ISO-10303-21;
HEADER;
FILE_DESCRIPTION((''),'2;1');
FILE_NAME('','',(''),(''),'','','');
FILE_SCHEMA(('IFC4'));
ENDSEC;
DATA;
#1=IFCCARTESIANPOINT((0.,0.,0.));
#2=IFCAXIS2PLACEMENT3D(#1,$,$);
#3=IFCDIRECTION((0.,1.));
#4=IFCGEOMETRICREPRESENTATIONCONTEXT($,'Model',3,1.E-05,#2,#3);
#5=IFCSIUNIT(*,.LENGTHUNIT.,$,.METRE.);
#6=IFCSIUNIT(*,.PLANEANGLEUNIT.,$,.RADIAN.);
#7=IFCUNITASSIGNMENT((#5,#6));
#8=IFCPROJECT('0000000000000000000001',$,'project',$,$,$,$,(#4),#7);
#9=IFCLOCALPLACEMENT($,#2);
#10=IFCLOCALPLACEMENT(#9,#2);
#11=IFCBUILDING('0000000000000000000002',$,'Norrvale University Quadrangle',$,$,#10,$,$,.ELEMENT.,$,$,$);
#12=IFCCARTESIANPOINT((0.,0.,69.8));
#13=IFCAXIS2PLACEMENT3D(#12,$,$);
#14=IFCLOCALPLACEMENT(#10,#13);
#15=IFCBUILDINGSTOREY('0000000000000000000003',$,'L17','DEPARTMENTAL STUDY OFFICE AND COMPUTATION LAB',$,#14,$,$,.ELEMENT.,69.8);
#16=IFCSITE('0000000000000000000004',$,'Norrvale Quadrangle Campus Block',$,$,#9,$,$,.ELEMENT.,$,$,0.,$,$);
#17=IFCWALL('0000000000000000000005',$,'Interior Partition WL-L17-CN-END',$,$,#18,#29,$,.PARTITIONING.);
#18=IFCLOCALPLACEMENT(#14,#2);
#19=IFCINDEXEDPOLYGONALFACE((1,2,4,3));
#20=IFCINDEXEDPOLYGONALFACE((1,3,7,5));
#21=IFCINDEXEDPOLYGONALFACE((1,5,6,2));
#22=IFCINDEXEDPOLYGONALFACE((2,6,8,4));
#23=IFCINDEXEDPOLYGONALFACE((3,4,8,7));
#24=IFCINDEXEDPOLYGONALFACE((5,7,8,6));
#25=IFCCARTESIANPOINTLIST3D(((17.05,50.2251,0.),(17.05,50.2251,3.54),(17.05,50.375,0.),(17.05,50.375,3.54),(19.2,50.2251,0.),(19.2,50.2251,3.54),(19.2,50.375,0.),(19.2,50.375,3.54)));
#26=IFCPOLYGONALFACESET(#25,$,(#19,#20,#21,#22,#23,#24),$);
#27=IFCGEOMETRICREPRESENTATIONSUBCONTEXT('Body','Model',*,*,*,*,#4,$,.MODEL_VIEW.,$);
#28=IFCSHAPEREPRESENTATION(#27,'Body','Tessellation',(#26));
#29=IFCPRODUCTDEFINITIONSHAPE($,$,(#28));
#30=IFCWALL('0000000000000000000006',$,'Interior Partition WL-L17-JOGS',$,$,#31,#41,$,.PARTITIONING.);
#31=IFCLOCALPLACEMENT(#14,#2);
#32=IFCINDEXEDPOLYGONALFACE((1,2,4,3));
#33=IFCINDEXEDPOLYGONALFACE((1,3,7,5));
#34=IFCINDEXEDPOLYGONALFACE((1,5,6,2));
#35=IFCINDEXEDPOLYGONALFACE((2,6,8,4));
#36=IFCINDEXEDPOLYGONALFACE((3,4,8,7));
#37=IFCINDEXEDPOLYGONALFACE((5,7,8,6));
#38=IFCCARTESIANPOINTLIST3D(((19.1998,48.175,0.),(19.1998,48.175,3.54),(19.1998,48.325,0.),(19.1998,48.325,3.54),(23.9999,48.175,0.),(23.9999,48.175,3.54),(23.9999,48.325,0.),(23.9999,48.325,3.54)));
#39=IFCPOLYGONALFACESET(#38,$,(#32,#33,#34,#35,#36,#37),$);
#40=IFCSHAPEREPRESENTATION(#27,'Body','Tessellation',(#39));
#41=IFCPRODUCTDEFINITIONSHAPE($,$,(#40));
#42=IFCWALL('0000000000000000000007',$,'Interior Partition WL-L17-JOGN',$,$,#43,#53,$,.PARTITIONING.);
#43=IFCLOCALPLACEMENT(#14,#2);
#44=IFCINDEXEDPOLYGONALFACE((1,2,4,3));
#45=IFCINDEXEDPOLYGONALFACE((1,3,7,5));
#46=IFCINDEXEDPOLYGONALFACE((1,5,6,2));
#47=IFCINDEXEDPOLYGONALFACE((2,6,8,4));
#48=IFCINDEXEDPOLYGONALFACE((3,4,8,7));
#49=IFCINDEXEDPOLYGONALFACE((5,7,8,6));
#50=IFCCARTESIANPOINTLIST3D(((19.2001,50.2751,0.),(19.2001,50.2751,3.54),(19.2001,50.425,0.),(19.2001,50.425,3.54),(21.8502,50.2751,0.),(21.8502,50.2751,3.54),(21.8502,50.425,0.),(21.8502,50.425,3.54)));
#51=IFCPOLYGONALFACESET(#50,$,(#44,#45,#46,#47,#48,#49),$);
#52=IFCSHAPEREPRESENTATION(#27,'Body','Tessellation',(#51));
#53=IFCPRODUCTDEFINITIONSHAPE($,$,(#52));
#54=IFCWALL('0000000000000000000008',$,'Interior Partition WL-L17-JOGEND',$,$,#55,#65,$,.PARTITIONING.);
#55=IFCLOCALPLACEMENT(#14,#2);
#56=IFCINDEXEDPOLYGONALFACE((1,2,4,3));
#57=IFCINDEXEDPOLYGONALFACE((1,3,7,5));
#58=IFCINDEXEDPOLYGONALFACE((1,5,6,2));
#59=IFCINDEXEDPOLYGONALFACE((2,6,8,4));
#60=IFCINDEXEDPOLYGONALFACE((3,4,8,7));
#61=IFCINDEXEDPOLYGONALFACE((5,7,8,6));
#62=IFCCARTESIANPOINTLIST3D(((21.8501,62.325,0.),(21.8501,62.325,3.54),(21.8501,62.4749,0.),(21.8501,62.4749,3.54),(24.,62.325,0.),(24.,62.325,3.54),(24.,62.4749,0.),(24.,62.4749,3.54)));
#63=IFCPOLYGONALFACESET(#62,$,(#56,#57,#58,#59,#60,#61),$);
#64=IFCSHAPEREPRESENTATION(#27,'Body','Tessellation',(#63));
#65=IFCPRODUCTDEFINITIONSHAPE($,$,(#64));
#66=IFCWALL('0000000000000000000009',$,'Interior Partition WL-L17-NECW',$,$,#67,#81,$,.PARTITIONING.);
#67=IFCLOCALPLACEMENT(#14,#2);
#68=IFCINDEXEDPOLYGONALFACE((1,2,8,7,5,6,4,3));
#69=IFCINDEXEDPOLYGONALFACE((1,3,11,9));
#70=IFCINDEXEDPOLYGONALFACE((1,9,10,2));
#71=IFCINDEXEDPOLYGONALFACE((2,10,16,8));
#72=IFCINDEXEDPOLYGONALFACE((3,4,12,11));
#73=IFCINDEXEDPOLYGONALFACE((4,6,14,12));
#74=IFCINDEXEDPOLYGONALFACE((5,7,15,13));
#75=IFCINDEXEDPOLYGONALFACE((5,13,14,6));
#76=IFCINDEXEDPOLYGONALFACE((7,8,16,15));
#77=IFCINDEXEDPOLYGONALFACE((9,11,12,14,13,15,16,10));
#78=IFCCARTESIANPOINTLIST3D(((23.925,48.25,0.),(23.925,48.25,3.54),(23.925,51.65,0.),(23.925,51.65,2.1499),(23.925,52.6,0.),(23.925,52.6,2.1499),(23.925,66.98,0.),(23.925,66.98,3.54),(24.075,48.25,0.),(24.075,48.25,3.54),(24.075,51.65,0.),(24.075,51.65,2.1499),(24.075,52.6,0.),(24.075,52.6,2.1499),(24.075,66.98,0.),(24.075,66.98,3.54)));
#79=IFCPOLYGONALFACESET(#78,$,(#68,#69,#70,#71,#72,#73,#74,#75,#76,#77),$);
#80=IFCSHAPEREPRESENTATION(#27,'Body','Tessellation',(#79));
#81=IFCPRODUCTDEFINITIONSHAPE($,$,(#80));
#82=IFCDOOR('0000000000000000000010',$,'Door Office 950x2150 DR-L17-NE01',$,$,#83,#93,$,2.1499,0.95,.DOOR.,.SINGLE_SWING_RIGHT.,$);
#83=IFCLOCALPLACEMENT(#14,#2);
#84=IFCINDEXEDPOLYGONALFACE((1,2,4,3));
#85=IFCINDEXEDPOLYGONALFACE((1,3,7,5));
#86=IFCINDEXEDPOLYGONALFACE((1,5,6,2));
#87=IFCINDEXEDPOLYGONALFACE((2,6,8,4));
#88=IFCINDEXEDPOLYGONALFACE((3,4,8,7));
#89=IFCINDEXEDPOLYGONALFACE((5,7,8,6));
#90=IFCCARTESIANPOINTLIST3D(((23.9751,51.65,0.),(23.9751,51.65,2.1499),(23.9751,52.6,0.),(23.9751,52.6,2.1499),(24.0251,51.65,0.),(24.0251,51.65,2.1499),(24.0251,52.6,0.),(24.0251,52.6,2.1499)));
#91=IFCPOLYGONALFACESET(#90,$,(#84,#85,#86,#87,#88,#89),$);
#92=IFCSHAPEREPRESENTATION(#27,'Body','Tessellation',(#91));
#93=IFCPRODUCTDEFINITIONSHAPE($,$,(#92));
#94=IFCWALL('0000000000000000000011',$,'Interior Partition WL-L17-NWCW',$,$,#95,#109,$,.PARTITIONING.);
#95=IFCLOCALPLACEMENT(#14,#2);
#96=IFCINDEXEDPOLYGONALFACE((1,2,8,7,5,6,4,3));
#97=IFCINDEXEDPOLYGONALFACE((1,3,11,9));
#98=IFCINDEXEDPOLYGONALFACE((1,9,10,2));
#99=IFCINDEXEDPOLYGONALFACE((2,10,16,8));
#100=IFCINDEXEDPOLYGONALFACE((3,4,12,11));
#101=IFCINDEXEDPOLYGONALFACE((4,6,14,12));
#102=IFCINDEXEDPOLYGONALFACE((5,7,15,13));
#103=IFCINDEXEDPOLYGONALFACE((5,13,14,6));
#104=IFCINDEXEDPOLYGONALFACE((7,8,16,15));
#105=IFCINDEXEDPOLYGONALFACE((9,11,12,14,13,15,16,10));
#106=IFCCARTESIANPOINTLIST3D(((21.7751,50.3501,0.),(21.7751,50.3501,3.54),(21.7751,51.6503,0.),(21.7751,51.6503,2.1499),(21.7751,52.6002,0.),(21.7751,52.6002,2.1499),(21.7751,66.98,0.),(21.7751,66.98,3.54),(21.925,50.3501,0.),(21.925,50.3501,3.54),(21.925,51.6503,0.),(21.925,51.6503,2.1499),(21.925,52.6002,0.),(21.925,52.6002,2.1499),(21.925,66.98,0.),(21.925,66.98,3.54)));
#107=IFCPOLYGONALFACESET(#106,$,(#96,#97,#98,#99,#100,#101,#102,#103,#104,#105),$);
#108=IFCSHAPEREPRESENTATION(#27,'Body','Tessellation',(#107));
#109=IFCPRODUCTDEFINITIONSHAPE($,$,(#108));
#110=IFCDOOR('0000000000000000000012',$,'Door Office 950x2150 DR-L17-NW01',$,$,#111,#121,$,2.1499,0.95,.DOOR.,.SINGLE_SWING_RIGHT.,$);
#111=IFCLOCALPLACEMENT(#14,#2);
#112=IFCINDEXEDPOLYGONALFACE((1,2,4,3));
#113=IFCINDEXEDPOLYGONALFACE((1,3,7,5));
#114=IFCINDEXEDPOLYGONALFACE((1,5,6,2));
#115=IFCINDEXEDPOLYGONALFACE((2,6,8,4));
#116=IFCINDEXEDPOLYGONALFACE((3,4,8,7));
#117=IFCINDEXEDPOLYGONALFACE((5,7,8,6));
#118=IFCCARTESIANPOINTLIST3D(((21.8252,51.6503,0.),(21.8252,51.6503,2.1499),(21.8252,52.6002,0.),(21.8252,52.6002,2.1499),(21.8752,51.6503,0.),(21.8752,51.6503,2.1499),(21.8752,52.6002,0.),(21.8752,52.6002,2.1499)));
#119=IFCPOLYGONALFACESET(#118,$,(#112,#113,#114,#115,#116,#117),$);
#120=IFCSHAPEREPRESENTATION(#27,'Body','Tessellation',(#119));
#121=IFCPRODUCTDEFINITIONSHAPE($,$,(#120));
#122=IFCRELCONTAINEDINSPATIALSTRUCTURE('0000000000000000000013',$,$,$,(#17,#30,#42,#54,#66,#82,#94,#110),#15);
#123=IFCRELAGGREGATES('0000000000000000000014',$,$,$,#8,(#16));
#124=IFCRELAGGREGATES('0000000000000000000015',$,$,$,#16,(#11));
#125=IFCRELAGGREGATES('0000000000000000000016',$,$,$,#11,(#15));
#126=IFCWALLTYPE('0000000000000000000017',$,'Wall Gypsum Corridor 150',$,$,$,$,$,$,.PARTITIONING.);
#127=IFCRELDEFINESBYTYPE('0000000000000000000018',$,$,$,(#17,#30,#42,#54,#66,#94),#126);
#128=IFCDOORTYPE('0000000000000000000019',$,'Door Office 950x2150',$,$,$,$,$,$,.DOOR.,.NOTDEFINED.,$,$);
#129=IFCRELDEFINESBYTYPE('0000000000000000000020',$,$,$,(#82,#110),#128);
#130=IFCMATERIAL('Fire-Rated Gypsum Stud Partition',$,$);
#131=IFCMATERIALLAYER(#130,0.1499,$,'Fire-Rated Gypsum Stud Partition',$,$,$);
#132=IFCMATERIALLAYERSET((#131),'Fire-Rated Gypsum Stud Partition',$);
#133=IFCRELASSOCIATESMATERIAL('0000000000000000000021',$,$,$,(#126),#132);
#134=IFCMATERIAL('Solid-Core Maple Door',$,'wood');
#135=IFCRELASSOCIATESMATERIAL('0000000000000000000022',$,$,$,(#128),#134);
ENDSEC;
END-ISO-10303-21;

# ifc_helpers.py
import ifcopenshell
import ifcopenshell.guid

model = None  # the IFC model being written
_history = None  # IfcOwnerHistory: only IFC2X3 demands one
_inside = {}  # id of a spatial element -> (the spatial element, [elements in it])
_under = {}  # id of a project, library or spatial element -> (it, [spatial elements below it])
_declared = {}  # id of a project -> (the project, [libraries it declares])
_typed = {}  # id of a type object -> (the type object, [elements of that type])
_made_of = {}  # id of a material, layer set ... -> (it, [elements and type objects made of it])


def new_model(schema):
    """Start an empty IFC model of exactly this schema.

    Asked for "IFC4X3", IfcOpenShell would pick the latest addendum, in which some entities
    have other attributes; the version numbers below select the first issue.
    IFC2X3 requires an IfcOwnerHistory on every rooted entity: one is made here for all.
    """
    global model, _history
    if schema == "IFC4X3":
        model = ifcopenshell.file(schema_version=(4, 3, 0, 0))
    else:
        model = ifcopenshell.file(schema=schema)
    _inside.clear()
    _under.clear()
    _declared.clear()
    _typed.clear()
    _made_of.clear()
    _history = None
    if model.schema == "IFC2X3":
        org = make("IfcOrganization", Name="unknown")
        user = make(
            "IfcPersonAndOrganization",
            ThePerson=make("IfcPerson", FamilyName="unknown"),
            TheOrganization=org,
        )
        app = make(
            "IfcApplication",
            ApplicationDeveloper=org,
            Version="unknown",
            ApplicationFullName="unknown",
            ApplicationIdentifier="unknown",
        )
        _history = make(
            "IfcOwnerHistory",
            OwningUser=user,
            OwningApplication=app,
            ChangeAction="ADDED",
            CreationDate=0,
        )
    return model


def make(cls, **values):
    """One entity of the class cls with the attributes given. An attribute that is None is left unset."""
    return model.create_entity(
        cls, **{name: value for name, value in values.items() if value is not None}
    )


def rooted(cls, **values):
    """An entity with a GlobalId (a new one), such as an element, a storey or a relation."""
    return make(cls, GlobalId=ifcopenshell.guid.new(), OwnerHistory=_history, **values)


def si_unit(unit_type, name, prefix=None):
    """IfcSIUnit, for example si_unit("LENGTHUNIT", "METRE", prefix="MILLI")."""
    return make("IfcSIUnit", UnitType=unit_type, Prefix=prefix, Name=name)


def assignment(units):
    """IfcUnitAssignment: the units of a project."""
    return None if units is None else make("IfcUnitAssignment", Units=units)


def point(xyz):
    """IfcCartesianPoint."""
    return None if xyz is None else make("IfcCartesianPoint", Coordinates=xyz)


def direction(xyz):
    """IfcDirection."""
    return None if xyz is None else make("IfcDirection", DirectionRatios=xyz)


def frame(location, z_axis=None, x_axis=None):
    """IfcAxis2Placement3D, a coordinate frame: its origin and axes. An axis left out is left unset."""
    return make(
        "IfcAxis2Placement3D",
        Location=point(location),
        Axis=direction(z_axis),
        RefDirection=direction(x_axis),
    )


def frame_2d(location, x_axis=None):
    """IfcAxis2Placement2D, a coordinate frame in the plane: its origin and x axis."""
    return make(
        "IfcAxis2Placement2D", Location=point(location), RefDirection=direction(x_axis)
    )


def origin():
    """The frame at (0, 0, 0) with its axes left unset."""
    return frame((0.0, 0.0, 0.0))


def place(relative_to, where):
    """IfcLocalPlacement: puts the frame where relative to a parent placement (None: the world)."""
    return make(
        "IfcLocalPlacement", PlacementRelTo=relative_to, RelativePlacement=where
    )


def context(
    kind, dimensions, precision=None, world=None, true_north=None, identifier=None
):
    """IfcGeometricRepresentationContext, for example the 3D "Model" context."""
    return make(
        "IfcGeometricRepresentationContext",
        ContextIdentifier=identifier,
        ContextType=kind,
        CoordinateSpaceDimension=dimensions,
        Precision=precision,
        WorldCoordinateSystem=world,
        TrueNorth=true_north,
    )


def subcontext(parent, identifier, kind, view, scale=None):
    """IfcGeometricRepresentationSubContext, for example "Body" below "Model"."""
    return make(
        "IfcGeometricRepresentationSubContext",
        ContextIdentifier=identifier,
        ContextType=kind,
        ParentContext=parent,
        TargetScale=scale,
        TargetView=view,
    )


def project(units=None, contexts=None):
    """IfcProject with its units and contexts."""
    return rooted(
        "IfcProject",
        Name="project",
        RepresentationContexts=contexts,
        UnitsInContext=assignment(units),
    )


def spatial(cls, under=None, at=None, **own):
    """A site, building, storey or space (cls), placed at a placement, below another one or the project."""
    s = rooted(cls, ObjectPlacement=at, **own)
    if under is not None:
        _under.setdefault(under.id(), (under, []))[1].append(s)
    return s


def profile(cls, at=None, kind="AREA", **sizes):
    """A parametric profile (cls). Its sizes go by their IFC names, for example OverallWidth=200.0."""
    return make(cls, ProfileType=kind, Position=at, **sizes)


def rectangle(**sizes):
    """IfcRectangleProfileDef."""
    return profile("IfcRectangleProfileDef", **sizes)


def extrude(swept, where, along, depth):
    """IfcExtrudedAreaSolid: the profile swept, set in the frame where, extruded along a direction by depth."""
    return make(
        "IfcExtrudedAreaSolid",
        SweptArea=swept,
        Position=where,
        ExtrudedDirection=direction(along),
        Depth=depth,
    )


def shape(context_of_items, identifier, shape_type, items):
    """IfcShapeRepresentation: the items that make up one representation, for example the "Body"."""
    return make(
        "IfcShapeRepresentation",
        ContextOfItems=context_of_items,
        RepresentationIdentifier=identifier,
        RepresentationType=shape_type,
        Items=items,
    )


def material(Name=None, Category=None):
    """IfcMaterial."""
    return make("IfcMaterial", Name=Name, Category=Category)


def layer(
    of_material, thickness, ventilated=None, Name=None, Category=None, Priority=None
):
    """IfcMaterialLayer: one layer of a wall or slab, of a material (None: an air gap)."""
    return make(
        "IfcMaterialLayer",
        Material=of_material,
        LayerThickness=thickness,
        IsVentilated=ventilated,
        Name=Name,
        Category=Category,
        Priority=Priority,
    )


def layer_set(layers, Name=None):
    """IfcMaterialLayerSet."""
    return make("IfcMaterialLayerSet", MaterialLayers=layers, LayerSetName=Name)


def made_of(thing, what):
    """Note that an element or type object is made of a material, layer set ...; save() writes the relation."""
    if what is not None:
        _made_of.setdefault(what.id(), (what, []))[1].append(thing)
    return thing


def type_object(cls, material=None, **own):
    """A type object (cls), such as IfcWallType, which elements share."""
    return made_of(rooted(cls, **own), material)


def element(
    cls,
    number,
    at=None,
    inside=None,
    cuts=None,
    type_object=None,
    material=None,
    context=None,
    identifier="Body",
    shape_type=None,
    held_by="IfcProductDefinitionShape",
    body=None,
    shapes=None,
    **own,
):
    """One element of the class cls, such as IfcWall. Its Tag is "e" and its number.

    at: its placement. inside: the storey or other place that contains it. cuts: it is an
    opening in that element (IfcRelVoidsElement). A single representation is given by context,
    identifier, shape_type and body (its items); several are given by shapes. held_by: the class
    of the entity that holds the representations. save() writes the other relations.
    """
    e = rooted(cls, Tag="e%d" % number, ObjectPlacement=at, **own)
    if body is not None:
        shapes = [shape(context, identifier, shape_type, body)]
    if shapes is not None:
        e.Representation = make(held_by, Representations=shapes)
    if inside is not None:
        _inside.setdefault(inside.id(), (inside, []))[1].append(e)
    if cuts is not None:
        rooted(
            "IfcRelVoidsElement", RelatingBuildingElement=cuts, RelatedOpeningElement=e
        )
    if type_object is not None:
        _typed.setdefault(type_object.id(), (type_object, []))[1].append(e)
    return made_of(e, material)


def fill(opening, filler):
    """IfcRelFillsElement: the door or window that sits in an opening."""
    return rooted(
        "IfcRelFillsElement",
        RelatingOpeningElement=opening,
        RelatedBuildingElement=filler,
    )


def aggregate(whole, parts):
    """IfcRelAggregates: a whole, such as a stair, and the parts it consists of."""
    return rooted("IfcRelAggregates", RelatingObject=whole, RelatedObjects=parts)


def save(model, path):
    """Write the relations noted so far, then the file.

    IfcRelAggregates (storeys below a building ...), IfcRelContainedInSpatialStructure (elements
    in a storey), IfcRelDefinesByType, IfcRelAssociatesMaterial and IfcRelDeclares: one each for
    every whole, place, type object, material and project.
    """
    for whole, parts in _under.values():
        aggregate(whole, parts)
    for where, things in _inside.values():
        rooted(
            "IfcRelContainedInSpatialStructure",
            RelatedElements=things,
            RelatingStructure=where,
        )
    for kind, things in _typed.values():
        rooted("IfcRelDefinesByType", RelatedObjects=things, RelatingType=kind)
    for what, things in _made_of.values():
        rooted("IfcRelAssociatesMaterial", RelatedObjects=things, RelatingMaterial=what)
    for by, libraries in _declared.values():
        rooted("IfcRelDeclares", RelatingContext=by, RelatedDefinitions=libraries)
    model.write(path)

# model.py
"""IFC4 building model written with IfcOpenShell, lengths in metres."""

from ifc_helpers import new_model, si_unit, direction, frame, frame_2d, origin, place, context, subcontext, project, spatial, rectangle, extrude, material, layer, layer_set, type_object, element, fill, save


model = new_model("IFC4")

# Units and contexts
model_context = context("Model", 3, precision=1e-05, world=origin(), true_north=direction((0.0, 1.0)))
body_context = subcontext(model_context, "Body", "Model", "MODEL_VIEW")
ifc_project = project(units=[si_unit("LENGTHUNIT", "METRE"), si_unit("PLANEANGLEUNIT", "RADIAN")], contexts=[model_context])

# Site, building, storey
site_placement = place(None, origin())
site = spatial("IfcSite", under=ifc_project, at=site_placement, Name="Norrvale Quadrangle Campus Block", CompositionType="ELEMENT", RefElevation=0.0)
building_placement = place(site_placement, origin())
building = spatial("IfcBuilding", under=site, at=building_placement, Name="Norrvale University Quadrangle", CompositionType="ELEMENT")
storey_placement = place(building_placement, frame((0.0, 0.0, 69.8)))
storey = spatial("IfcBuildingStorey", under=building, at=storey_placement, Name="L17", Description="DEPARTMENTAL STUDY OFFICE AND COMPUTATION LAB", CompositionType="ELEMENT", Elevation=69.8)

# Walls
ifc_material_1 = material(Name="Fire-Rated Gypsum Stud Partition")
ifc_layer = layer(ifc_material_1, 0.1499, Name="Fire-Rated Gypsum Stud Partition")
ifc_layer_set = layer_set([ifc_layer], Name="Fire-Rated Gypsum Stud Partition")
wall_type = type_object("IfcWallType", Name="Wall Gypsum Corridor 150", PredefinedType="PARTITIONING", material=ifc_layer_set)
wall_1_placement = place(storey_placement, frame((17.05, 50.3, 0.0), z_axis=(0.0, 0.0, 1.0), x_axis=(1.0, 0.0, 0.0)))
element("IfcWall", 1, at=wall_1_placement, inside=storey, type_object=wall_type, Name="Interior Partition WL-L17-CN-END", PredefinedType="PARTITIONING", context=body_context, shape_type="SweptSolid", body=[
    extrude(rectangle(XDim=2.1499, YDim=0.1499, at=frame_2d((1.075, 0.0))), origin(), (0.0, 0.0, 1.0), 3.54),
])
wall_2_placement = place(storey_placement, frame((19.2, 48.25, 0.0), z_axis=(0.0, 0.0, 1.0), x_axis=(1.0, 0.0, 0.0)))
element("IfcWall", 2, at=wall_2_placement, inside=storey, type_object=wall_type, Name="Interior Partition WL-L17-JOGS", PredefinedType="PARTITIONING", context=body_context, shape_type="SweptSolid", body=[
    extrude(rectangle(XDim=4.8, YDim=0.1499, at=frame_2d((2.3999, 0.0))), origin(), (0.0, 0.0, 1.0), 3.54),
])
wall_3_placement = place(storey_placement, frame((19.2, 50.3501, 0.0), z_axis=(0.0, 0.0, 1.0), x_axis=(1.0, 0.0, 0.0)))
element("IfcWall", 3, at=wall_3_placement, inside=storey, type_object=wall_type, Name="Interior Partition WL-L17-JOGN", PredefinedType="PARTITIONING", context=body_context, shape_type="SweptSolid", body=[
    extrude(rectangle(XDim=2.6501, YDim=0.1499, at=frame_2d((1.3252, 0.0))), origin(), (0.0, 0.0, 1.0), 3.54),
])
wall_4_placement = place(storey_placement, frame((21.8501, 62.3999, 0.0), z_axis=(0.0, 0.0, 1.0), x_axis=(1.0, 0.0, 0.0)))
element("IfcWall", 4, at=wall_4_placement, inside=storey, type_object=wall_type, Name="Interior Partition WL-L17-JOGEND", PredefinedType="PARTITIONING", context=body_context, shape_type="SweptSolid", body=[
    extrude(rectangle(XDim=2.1499, YDim=0.1499, at=frame_2d((1.075, 0.0))), origin(), (0.0, 0.0, 1.0), 3.54),
])

# Walls, openings, doors
wall_5_placement = place(storey_placement, frame((24.0, 48.25, 0.0), z_axis=(0.0, 0.0, 1.0), x_axis=(0.0, 1.0, 0.0)))
wall_5 = element("IfcWall", 5, at=wall_5_placement, inside=storey, type_object=wall_type, Name="Interior Partition WL-L17-NECW", PredefinedType="PARTITIONING", context=body_context, shape_type="SweptSolid", body=[
    extrude(rectangle(XDim=18.73, YDim=0.1499, at=frame_2d((9.365, 0.0))), origin(), (0.0, 0.0, 1.0), 3.54),
])
opening_1_placement = place(wall_5_placement, frame((3.3999, 0.0, 0.0)))
opening_1 = element("IfcOpeningElement", 6, at=opening_1_placement, cuts=wall_5, PredefinedType="OPENING", context=body_context, shape_type="SweptSolid", body=[
    extrude(rectangle(XDim=0.95, YDim=2.1499, at=frame_2d((0.4751, 1.075))), frame((0.0, 0.0869, 0.0), z_axis=(0.0, -1.0, 0.0), x_axis=(1.0, 0.0, 0.0)), (0.0, 0.0, 1.0), 0.1738),
])
ifc_material_2 = material(Name="Solid-Core Maple Door", Category="wood")
door_type = type_object("IfcDoorType", Name="Door Office 950x2150", OperationType="NOTDEFINED", PredefinedType="DOOR", material=ifc_material_2)
door_1_placement = place(opening_1_placement, origin())
door_1 = element("IfcDoor", 7, at=door_1_placement, inside=storey, type_object=door_type, Name="Door Office 950x2150 DR-L17-NE01", OperationType="SINGLE_SWING_RIGHT", OverallHeight=2.1499, OverallWidth=0.95, PredefinedType="DOOR", context=body_context, shape_type="SweptSolid", body=[
    extrude(rectangle(XDim=0.95, YDim=2.1499, at=frame_2d((0.4751, 1.075))), frame((0.0, 0.0249, 0.0), z_axis=(0.0, -1.0, 0.0), x_axis=(1.0, 0.0, 0.0)), (0.0, 0.0, 1.0), 0.05),
])
fill(opening_1, door_1)
wall_6_placement = place(storey_placement, frame((21.8501, 50.3501, 0.0), z_axis=(0.0, 0.0, 1.0), x_axis=(0.0, 1.0, 0.0)))
wall_6 = element("IfcWall", 8, at=wall_6_placement, inside=storey, type_object=wall_type, Name="Interior Partition WL-L17-NWCW", PredefinedType="PARTITIONING", context=body_context, shape_type="SweptSolid", body=[
    extrude(rectangle(XDim=16.6299, YDim=0.1499, at=frame_2d((8.3149, 0.0))), origin(), (0.0, 0.0, 1.0), 3.54),
])
opening_2_placement = place(wall_6_placement, frame((1.3, 0.0, 0.0)))
opening_2 = element("IfcOpeningElement", 9, at=opening_2_placement, cuts=wall_6, PredefinedType="OPENING", context=body_context, shape_type="SweptSolid", body=[
    extrude(rectangle(XDim=0.95, YDim=2.1499, at=frame_2d((0.4751, 1.075))), frame((0.0, 0.0869, 0.0), z_axis=(0.0, -1.0, 0.0), x_axis=(1.0, 0.0, 0.0)), (0.0, 0.0, 1.0), 0.1738),
])
door_2_placement = place(opening_2_placement, origin())
door_2 = element("IfcDoor", 10, at=door_2_placement, inside=storey, type_object=door_type, Name="Door Office 950x2150 DR-L17-NW01", OperationType="SINGLE_SWING_RIGHT", OverallHeight=2.1499, OverallWidth=0.95, PredefinedType="DOOR", context=body_context, shape_type="SweptSolid", body=[
    extrude(rectangle(XDim=0.95, YDim=2.1499, at=frame_2d((0.4751, 1.075))), frame((0.0, 0.0249, 0.0), z_axis=(0.0, -1.0, 0.0), x_axis=(1.0, 0.0, 0.0)), (0.0, 0.0, 1.0), 0.05),
])
fill(opening_2, door_2)

save(model, "model.ifc")
